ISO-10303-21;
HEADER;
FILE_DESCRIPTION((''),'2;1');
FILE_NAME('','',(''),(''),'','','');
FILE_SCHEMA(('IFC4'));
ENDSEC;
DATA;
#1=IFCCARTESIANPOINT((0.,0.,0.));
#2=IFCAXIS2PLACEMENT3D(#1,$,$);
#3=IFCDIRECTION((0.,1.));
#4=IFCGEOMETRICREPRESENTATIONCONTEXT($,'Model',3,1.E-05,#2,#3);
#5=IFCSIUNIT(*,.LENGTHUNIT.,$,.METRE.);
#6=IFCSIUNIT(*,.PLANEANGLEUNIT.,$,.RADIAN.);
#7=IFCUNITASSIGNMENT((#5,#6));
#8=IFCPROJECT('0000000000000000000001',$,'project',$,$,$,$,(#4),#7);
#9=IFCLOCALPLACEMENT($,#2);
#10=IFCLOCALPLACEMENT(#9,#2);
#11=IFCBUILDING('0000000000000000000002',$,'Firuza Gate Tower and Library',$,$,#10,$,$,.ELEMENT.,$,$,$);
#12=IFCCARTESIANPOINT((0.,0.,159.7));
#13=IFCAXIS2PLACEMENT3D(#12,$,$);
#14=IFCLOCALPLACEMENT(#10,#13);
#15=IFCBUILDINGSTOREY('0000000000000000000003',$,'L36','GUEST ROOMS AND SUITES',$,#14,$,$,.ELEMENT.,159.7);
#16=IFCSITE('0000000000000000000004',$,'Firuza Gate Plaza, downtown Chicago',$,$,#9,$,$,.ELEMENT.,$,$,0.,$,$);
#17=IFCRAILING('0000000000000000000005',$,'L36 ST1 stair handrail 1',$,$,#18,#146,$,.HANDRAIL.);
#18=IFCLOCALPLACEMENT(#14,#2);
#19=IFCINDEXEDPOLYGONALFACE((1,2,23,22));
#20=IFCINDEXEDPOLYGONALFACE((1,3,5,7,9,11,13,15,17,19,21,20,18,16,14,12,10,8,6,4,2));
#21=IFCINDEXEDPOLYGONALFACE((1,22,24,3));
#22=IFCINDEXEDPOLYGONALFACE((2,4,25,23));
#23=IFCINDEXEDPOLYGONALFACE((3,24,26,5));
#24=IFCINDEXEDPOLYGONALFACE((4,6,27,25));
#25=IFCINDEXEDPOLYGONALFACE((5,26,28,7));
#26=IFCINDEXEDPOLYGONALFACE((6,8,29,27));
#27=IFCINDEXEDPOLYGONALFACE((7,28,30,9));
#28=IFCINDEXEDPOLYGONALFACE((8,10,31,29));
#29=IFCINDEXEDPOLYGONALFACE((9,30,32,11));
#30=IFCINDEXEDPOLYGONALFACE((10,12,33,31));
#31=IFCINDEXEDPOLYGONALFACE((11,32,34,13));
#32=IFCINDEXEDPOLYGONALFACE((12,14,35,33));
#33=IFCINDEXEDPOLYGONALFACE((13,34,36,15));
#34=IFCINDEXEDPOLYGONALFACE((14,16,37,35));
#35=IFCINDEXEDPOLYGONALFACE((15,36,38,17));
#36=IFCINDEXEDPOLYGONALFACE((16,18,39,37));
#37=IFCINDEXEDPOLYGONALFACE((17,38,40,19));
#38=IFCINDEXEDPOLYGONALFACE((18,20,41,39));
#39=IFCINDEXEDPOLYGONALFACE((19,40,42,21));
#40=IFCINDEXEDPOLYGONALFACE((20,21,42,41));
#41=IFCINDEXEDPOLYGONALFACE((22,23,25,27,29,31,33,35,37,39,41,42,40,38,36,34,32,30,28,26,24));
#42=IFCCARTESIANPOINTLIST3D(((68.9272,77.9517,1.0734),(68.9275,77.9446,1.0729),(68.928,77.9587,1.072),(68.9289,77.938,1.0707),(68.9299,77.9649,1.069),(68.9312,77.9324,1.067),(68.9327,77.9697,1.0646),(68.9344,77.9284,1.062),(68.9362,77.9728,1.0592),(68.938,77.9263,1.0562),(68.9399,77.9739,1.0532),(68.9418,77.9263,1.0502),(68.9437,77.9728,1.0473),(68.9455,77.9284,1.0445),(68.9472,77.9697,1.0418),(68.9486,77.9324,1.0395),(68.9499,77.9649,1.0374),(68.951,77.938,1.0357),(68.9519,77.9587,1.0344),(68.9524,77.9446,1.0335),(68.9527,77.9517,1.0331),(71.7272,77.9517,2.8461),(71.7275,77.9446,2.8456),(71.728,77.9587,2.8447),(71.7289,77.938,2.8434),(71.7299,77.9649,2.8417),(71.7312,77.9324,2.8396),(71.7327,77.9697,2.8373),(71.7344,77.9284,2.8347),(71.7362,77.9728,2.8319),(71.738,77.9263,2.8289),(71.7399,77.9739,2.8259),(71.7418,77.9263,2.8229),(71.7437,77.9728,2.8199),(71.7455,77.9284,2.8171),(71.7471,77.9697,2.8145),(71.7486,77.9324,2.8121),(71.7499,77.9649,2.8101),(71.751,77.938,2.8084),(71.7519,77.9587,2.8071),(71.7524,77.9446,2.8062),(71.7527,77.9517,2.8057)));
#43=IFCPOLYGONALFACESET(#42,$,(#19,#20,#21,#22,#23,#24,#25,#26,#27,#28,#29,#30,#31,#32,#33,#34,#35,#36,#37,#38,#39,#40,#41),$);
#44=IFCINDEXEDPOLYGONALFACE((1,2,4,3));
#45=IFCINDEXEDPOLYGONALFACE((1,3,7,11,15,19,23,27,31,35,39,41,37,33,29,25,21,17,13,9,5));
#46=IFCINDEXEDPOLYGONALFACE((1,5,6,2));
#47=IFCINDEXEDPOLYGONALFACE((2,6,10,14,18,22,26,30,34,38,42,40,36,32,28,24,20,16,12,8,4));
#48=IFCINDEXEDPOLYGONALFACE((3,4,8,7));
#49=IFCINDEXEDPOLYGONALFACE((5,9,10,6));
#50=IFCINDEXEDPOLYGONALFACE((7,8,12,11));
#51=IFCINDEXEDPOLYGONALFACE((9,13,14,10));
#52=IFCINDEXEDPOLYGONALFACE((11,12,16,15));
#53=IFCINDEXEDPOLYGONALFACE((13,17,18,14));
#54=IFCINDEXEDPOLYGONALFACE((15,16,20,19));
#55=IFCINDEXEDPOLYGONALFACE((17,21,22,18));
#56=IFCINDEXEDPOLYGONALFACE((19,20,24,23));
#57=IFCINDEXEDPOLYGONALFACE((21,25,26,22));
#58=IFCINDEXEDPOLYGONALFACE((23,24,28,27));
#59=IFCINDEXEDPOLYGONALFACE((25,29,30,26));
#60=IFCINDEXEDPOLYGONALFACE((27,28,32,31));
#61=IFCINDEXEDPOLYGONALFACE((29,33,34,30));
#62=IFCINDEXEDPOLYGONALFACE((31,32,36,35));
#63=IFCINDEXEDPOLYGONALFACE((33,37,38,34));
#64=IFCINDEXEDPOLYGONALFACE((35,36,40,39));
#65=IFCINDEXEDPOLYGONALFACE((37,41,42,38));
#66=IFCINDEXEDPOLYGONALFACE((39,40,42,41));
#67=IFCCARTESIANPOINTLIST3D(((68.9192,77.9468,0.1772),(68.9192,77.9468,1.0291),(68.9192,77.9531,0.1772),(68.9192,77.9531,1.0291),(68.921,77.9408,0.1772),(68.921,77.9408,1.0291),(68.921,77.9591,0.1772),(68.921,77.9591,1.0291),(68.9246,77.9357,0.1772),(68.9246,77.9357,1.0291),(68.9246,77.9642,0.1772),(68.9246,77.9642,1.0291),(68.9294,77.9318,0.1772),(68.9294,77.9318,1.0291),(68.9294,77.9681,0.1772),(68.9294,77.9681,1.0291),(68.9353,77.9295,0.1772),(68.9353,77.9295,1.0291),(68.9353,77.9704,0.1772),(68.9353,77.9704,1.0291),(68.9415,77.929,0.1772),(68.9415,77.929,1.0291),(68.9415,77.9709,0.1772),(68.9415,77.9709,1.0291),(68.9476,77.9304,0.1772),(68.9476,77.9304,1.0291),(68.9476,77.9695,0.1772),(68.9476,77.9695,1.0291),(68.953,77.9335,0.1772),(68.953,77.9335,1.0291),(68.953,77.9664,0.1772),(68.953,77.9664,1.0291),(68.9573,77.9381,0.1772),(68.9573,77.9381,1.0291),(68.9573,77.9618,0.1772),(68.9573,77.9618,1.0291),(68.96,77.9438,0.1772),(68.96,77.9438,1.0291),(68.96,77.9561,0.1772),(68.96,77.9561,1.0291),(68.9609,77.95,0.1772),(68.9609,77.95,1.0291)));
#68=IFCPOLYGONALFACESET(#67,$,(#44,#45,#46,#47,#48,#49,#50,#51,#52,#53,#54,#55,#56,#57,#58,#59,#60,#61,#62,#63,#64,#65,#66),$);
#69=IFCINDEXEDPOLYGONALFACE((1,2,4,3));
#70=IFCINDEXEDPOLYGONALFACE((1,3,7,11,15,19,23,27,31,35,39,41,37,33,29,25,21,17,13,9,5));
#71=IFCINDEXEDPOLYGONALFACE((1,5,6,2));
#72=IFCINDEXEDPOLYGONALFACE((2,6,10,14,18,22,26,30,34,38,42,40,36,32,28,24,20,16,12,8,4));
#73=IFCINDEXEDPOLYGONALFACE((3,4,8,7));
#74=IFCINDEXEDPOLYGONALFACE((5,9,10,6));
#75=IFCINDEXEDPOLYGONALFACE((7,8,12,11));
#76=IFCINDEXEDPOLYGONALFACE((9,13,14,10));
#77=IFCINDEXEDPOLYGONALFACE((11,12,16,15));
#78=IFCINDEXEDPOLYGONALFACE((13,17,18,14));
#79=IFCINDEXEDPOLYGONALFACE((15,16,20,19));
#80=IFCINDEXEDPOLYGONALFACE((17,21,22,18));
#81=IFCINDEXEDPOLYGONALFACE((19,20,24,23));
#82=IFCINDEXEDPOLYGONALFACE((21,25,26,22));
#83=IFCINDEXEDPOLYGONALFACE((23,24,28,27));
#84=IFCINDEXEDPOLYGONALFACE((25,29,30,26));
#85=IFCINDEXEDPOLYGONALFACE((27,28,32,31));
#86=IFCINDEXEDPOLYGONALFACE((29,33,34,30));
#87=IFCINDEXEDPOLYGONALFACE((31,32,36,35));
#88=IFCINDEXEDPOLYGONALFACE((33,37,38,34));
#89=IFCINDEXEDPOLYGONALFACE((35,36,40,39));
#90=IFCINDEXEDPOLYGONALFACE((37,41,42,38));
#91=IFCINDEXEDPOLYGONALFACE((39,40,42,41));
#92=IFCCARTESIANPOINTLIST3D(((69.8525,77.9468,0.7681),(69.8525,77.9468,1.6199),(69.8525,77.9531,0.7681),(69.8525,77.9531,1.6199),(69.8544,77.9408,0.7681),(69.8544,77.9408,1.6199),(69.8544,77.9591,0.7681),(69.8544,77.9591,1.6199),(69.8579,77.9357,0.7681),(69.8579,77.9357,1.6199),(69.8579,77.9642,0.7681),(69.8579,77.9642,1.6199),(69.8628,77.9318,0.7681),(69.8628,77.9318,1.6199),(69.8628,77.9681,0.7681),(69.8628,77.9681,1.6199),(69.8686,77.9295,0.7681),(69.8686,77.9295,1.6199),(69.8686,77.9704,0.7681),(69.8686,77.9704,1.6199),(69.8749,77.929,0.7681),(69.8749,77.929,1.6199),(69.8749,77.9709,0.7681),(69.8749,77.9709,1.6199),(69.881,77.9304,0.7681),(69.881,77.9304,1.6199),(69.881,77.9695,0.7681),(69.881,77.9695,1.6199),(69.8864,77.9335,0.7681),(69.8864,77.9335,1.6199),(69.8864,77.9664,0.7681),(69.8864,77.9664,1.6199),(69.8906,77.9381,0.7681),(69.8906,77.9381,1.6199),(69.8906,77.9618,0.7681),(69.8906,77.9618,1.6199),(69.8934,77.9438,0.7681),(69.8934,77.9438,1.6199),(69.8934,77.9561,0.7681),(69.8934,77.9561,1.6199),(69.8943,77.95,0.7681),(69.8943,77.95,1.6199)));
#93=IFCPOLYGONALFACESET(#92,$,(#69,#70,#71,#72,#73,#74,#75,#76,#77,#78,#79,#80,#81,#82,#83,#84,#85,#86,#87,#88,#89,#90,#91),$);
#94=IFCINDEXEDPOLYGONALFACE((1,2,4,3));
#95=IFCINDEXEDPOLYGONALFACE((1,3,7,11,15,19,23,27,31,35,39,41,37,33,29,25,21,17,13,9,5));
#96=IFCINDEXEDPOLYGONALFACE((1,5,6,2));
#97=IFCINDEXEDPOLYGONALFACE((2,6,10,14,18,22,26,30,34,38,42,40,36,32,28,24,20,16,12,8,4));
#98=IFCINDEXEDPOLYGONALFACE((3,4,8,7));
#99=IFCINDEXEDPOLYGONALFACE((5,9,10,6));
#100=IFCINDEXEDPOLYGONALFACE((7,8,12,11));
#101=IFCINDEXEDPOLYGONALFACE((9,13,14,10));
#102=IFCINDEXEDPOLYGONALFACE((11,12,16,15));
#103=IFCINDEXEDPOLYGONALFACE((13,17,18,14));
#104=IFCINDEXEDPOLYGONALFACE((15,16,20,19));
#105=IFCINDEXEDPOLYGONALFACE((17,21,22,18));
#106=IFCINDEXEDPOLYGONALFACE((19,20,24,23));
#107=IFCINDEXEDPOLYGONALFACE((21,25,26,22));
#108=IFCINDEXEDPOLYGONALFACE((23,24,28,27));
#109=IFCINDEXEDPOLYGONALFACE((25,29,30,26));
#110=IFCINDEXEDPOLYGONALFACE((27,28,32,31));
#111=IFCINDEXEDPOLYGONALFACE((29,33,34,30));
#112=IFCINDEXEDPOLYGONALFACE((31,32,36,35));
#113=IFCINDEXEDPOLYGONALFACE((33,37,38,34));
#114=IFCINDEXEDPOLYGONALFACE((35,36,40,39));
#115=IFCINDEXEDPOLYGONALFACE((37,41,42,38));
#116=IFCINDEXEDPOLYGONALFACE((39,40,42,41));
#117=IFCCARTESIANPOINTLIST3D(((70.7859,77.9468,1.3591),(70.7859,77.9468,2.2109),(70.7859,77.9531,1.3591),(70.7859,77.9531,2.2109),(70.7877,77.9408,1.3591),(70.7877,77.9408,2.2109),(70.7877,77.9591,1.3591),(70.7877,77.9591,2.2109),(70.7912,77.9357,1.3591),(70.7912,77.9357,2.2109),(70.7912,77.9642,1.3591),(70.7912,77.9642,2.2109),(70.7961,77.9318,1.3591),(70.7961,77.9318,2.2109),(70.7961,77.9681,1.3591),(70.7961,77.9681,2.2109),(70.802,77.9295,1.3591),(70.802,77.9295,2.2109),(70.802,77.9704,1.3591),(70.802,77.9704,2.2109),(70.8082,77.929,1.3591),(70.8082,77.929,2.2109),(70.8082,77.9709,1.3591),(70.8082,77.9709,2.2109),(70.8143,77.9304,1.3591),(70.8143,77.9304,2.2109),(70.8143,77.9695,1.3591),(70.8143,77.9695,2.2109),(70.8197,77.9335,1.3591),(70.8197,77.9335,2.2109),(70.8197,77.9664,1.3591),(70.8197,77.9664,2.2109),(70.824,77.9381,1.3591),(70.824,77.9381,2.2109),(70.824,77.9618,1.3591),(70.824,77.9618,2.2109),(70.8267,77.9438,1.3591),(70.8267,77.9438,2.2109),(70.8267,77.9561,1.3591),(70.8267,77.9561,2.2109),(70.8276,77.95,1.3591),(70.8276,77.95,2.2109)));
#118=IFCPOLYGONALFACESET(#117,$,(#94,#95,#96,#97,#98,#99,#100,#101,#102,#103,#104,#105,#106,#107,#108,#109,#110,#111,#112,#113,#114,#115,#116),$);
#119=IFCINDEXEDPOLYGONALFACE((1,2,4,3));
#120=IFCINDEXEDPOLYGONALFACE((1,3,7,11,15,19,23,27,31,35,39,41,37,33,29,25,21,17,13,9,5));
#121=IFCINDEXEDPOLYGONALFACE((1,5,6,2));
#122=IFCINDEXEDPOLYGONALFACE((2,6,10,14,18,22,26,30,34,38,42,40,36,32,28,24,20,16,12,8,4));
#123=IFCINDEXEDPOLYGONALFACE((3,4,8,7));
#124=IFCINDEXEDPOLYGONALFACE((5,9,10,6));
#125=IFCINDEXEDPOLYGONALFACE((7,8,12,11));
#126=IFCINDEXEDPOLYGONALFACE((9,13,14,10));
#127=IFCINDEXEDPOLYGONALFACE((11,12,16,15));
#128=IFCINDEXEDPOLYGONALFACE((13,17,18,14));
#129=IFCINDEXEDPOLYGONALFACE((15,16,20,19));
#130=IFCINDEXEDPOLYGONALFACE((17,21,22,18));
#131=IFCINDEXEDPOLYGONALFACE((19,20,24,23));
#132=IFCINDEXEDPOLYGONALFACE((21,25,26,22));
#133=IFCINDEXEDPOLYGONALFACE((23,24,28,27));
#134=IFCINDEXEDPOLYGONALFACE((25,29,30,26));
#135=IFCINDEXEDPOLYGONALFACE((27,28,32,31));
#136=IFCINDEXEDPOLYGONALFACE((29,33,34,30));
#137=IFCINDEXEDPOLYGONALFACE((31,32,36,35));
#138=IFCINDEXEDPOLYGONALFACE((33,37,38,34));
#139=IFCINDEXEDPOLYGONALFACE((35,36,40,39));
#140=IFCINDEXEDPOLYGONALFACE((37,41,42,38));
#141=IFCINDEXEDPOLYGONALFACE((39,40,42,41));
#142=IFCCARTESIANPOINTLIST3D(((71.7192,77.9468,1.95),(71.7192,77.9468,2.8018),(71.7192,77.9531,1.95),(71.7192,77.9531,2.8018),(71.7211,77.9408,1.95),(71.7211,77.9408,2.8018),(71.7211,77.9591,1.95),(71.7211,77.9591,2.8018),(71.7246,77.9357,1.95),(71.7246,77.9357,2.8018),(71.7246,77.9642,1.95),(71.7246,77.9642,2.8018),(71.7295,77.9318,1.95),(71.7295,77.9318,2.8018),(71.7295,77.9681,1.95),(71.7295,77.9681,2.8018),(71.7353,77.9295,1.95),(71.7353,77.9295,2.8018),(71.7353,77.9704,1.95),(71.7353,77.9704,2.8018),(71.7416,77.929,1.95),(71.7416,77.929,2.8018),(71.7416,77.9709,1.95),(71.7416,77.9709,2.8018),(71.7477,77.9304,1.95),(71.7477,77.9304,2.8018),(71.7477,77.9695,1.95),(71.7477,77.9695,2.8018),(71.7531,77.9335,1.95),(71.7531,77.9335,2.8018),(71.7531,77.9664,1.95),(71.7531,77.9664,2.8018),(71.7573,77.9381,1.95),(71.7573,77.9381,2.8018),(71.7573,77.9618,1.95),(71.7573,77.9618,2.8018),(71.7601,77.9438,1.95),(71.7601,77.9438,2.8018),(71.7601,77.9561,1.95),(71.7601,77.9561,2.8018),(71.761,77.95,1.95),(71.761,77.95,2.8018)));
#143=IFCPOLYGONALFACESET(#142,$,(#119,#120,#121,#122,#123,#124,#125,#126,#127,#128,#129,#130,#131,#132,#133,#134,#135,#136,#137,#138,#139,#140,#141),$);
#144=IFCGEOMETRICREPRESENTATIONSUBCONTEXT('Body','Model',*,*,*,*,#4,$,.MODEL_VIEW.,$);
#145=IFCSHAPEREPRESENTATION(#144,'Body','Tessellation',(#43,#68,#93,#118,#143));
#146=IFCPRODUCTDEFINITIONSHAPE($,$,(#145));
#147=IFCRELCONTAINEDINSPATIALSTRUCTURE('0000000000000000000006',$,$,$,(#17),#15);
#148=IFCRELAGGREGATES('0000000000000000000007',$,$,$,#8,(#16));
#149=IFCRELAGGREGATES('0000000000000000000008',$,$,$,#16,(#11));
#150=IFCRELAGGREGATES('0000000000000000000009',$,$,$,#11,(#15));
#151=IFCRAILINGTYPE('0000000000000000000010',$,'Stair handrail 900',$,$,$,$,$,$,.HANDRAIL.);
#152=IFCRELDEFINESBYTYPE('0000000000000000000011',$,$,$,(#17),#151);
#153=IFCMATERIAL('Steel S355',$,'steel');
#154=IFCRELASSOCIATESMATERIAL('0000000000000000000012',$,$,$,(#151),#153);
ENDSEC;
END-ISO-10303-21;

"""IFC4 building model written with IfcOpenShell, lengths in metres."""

from ifc_helpers import new_model, si_unit, direction, frame, origin, origin_2d, place, context, subcontext, project, spatial, circle, extrude, material, type_object, element, save


model = new_model("IFC4")

# Units and contexts
model_context = context("Model", 3, precision=1e-05, world=origin(), true_north=direction((0.0, 1.0)))
body_context = subcontext(model_context, "Body", "Model", "MODEL_VIEW")
ifc_project = project(units=[si_unit("LENGTHUNIT", "METRE"), si_unit("PLANEANGLEUNIT", "RADIAN")], contexts=[model_context])

# Site, building, storey
site_placement = place(None, origin())
site = spatial("IfcSite", under=ifc_project, at=site_placement, Name="Firuza Gate Plaza, downtown Chicago", CompositionType="ELEMENT", RefElevation=0.0)
building_placement = place(site_placement, origin())
building = spatial("IfcBuilding", under=site, at=building_placement, Name="Firuza Gate Tower and Library", CompositionType="ELEMENT")
storey_placement = place(building_placement, frame((0.0, 0.0, 159.7)))
storey = spatial("IfcBuildingStorey", under=building, at=storey_placement, Name="L36", Description="GUEST ROOMS AND SUITES", CompositionType="ELEMENT", Elevation=159.7)

# Railing
ifc_material_1 = material(Name="Steel S355", Category="steel")
railing_type_1 = type_object("IfcRailingType", Name="Stair handrail 900", PredefinedType="HANDRAIL", material=ifc_material_1)
railing_1_placement = place(storey_placement, frame((68.9399, 77.95, 0.1772)))
element("IfcRailing", 1, at=railing_1_placement, inside=storey, type_object=railing_type_1, Name="L36 ST1 stair handrail 1", PredefinedType="HANDRAIL", context=body_context, shape_type="SweptSolid", body=[
    extrude(circle(Radius=0.0239, at=origin_2d()), frame((0.0, 0.0, 0.876), z_axis=(0.844909, 0.0, 0.53491), x_axis=(0.0, 1.0, 0.0)), (0.0, 0.0, 1.0), 3.314),
    extrude(circle(Radius=0.021, at=origin_2d()), origin(), (0.0, 0.0, 1.0), 0.8518),
    extrude(circle(Radius=0.021, at=origin_2d()), frame((0.9333, 0.0, 0.5908)), (0.0, 0.0, 1.0), 0.8518),
    extrude(circle(Radius=0.021, at=origin_2d()), frame((1.8667, 0.0, 1.1819)), (0.0, 0.0, 1.0), 0.8518),
    extrude(circle(Radius=0.021, at=origin_2d()), frame((2.8, 0.0, 1.7727)), (0.0, 0.0, 1.0), 0.8518),
])

save(model, "model.ifc")
